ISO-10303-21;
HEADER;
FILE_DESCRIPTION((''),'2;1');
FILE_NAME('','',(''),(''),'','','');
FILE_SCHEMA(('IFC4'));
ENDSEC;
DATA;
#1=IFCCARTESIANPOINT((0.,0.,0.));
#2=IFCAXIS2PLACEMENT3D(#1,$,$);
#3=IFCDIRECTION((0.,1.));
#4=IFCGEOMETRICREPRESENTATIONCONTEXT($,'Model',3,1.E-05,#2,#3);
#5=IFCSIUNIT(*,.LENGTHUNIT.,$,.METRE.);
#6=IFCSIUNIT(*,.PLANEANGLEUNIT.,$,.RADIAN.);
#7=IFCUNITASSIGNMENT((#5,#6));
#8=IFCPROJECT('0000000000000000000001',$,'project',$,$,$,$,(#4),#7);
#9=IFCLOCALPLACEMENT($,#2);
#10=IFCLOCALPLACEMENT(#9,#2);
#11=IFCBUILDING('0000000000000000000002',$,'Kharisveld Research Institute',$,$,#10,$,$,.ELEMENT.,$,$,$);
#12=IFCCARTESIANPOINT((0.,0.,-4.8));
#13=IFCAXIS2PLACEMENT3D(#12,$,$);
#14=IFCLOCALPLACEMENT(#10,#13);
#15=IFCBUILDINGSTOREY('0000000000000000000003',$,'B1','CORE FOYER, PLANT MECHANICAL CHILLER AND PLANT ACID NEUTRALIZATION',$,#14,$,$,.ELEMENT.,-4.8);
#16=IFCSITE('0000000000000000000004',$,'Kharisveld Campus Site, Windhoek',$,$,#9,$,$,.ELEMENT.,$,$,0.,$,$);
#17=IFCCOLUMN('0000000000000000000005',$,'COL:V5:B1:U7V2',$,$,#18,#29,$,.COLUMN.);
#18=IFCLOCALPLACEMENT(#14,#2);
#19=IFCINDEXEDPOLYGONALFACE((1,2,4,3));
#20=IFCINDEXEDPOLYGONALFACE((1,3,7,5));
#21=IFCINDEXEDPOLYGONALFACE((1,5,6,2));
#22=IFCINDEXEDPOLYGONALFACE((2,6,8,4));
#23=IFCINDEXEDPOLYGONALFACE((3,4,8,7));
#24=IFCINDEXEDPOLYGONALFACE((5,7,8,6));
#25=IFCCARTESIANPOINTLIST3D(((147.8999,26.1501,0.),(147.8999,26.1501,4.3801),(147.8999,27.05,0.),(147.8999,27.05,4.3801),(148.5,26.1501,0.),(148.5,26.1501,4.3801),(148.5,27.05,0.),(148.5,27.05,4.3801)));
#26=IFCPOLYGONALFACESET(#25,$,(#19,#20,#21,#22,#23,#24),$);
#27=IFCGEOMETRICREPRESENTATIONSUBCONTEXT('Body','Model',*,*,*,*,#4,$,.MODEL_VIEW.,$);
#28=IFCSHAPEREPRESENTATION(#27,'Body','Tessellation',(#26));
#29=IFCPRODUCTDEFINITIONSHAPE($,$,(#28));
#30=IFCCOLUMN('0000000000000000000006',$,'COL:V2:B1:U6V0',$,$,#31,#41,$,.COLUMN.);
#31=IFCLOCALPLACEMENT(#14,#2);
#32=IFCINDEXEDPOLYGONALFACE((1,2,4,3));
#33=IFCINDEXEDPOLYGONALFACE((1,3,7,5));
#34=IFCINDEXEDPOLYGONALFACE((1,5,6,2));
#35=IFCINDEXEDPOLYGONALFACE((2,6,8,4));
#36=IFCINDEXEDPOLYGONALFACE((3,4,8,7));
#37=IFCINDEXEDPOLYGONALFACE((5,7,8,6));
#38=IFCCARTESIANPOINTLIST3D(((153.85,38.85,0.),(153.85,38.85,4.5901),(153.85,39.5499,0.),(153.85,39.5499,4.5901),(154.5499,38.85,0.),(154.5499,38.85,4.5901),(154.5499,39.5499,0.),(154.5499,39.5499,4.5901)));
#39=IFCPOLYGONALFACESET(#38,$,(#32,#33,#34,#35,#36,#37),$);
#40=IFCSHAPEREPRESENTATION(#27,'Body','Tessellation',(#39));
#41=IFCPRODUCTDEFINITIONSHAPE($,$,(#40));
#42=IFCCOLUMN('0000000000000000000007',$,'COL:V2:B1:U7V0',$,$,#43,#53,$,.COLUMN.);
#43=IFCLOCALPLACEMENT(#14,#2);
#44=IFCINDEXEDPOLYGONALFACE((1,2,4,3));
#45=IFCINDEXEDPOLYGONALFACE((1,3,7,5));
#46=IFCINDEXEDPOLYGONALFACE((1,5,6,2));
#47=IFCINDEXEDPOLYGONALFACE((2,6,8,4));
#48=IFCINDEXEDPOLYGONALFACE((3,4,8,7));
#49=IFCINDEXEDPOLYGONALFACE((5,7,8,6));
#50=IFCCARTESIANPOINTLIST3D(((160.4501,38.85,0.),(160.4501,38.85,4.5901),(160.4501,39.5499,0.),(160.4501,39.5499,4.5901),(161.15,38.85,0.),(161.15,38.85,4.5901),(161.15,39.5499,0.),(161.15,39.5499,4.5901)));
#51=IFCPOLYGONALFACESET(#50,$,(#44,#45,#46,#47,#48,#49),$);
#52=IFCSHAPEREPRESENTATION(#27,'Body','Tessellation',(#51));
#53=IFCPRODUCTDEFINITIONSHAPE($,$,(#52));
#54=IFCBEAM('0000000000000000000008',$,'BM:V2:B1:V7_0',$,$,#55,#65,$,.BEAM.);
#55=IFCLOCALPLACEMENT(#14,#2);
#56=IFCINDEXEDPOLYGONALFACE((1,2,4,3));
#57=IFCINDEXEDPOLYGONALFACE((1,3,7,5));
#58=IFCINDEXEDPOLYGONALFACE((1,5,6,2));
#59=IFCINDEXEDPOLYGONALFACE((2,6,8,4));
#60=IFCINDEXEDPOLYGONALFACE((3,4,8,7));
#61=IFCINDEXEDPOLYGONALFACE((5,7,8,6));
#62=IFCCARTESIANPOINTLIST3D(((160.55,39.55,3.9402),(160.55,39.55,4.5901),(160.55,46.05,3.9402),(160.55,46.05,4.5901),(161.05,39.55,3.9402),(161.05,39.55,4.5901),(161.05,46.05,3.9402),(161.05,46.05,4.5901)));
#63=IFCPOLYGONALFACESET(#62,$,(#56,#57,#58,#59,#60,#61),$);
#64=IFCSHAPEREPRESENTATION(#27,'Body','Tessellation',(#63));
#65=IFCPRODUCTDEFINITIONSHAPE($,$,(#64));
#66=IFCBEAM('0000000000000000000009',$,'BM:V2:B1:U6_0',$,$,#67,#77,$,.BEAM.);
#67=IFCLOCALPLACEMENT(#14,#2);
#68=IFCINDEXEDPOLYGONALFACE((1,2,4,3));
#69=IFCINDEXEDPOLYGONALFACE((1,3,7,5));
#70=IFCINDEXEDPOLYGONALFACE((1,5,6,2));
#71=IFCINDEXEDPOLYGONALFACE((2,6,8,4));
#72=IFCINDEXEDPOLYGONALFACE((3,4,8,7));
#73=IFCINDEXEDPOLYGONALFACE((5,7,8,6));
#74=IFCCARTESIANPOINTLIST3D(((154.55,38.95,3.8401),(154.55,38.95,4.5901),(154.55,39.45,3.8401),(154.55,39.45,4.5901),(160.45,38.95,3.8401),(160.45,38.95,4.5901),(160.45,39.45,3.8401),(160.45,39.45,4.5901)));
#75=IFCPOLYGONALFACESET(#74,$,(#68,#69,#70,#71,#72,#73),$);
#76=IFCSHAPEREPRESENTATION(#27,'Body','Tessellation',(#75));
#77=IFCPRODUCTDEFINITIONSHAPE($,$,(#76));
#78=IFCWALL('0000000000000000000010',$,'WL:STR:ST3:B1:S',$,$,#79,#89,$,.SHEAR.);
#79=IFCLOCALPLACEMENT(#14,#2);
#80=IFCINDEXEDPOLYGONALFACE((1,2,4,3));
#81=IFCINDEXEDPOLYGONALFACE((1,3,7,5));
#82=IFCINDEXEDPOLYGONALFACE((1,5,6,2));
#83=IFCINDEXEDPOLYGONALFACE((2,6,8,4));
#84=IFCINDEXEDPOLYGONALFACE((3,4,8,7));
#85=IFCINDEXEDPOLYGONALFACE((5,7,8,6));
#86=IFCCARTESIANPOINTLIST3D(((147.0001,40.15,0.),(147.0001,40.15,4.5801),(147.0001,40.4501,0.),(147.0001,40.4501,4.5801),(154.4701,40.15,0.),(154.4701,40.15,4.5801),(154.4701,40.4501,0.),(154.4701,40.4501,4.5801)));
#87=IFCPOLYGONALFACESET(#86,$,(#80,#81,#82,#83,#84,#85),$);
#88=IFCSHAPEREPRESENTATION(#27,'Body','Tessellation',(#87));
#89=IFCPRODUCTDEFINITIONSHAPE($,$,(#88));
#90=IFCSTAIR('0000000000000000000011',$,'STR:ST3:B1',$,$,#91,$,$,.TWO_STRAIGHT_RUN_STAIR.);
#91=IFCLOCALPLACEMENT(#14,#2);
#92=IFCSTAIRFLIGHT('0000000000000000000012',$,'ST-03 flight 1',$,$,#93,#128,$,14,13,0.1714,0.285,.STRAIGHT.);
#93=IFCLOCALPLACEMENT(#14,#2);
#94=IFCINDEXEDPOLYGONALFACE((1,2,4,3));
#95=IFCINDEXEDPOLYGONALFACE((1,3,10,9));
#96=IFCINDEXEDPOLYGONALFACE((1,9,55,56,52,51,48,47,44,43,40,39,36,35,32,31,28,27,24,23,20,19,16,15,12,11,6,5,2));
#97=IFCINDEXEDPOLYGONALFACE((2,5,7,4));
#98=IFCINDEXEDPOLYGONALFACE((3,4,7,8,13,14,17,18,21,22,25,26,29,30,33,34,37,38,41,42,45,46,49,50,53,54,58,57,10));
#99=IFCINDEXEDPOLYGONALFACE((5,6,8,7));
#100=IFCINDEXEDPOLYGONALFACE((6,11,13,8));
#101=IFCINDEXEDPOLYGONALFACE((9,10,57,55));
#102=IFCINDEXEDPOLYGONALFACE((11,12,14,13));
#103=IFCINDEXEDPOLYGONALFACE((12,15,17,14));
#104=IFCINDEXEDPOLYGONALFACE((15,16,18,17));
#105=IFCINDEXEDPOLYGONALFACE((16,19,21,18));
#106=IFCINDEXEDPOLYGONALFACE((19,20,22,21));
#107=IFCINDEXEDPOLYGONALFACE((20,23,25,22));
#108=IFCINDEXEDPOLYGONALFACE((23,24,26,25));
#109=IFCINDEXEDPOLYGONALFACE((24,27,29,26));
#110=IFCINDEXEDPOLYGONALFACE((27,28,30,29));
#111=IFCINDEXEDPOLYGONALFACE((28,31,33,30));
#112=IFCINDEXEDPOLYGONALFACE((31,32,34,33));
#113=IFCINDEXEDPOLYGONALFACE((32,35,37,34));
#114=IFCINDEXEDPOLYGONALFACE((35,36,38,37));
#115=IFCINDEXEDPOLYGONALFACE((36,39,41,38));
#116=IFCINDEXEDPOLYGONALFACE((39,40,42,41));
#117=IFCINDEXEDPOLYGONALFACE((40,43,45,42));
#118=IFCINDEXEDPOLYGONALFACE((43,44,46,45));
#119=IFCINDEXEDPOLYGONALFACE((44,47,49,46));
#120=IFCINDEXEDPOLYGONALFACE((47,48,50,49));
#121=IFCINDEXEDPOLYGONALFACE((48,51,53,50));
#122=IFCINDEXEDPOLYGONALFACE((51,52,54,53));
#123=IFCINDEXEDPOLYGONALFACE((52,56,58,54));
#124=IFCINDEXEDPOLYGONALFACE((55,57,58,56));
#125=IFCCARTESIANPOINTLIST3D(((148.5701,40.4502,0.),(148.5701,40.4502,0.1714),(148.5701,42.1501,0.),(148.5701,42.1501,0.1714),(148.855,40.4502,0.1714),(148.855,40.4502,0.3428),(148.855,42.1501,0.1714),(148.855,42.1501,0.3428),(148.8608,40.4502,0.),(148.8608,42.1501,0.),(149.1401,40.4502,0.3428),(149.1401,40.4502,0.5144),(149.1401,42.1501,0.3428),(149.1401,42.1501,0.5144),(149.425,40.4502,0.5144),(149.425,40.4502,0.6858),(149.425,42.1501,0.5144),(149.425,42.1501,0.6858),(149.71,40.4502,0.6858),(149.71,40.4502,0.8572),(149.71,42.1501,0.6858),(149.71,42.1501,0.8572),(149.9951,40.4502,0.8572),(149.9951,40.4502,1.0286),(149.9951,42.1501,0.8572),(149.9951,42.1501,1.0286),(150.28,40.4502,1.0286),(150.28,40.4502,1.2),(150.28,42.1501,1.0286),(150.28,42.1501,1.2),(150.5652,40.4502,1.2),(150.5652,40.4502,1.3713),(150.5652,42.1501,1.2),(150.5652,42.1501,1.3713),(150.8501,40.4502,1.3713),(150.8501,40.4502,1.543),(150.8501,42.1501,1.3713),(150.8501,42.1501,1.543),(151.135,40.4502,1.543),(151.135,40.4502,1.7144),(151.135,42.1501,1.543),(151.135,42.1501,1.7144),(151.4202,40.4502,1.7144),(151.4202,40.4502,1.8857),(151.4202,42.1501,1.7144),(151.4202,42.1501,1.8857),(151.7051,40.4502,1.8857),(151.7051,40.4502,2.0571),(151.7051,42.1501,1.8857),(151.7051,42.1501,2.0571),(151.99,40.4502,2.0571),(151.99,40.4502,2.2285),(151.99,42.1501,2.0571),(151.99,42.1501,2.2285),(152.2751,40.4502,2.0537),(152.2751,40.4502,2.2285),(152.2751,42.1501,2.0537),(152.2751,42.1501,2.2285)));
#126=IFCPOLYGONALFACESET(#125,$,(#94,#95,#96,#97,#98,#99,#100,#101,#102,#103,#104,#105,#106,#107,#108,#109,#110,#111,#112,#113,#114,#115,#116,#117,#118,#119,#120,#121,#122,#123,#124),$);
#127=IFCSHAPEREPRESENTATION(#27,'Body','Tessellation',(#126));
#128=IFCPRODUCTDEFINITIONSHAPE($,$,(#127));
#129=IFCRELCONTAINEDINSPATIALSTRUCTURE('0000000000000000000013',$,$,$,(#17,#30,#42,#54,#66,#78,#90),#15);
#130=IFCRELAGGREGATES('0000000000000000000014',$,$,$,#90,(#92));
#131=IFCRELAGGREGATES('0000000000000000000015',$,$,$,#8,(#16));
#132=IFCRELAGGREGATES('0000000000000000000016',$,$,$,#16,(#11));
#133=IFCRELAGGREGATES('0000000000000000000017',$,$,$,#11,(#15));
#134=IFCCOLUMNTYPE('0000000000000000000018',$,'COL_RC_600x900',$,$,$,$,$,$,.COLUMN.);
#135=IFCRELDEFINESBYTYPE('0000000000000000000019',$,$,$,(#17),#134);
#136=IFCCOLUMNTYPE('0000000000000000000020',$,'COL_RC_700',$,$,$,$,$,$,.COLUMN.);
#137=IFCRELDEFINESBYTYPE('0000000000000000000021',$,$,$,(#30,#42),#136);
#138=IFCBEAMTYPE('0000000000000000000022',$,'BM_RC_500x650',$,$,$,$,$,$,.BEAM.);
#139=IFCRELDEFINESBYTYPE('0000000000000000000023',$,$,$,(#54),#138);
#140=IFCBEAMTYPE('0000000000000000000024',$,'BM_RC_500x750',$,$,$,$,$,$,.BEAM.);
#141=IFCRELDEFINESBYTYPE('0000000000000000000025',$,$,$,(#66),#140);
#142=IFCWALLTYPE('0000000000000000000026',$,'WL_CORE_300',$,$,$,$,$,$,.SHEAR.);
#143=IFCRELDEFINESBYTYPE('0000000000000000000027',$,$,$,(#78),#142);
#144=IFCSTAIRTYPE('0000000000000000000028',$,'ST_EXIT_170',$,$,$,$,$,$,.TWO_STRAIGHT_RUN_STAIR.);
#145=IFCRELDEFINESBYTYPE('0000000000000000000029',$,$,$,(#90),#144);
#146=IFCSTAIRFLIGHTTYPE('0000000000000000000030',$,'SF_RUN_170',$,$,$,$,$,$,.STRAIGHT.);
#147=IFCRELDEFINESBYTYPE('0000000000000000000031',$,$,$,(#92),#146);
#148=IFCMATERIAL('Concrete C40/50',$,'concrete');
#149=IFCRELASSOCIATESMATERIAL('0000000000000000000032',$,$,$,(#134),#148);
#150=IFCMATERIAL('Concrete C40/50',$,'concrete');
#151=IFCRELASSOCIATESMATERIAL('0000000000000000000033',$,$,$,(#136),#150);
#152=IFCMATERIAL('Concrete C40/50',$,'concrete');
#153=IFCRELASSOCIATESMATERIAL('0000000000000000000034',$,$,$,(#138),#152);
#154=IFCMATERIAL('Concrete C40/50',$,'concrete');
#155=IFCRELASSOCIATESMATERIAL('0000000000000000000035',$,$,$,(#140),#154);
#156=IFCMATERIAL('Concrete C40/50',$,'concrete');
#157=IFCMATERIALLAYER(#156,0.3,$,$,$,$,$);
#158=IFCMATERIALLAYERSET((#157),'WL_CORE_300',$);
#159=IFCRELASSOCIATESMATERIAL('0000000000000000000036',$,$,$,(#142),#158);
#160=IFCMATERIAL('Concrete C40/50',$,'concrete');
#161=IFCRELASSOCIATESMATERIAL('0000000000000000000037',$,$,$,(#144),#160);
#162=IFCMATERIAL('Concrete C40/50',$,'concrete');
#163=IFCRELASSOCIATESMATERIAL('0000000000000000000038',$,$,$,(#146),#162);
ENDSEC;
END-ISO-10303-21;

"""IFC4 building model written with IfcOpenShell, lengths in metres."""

from ifc_helpers import new_model, si_unit, direction, frame, frame_2d, origin, origin_2d, place, context, subcontext, project, spatial, polyline, rectangle, outline, extrude, material, layer, layer_set, material_profile, profile_set, type_object, element, aggregate, save


model = new_model("IFC4")

# Units and contexts
model_context = context("Model", 3, precision=1e-05, world=origin(), true_north=direction((0.0, 1.0)))
body_context = subcontext(model_context, "Body", "Model", "MODEL_VIEW")
ifc_project = project(units=[si_unit("LENGTHUNIT", "METRE"), si_unit("PLANEANGLEUNIT", "RADIAN")], contexts=[model_context])

# Site, building, storey
site_placement = place(None, origin())
site = spatial("IfcSite", under=ifc_project, at=site_placement, Name="Kharisveld Campus Site, Windhoek", CompositionType="ELEMENT", RefElevation=0.0)
building_placement = place(site_placement, origin())
building = spatial("IfcBuilding", under=site, at=building_placement, Name="Kharisveld Research Institute", CompositionType="ELEMENT")
storey_placement = place(building_placement, frame((0.0, 0.0, -4.8)))
storey = spatial("IfcBuildingStorey", under=building, at=storey_placement, Name="B1", Description="CORE FOYER, PLANT MECHANICAL CHILLER AND PLANT ACID NEUTRALIZATION", CompositionType="ELEMENT", Elevation=-4.8)

# Columns
ifc_material_1 = material(Name="Concrete C40/50", Category="concrete")
ifc_material_profile_1 = material_profile(ifc_material_1, rectangle(XDim=0.6001, YDim=0.8999, at=origin_2d()))
ifc_profile_set_1 = profile_set([ifc_material_profile_1], Name="Concrete C40/50")
column_type_1 = type_object("IfcColumnType", Name="COL_RC_600x900", PredefinedType="COLUMN", material=ifc_profile_set_1)
column_placement = place(storey_placement, frame((148.2, 26.6001, 0.0), z_axis=(0.0, 0.0, 1.0), x_axis=(1.0, 0.0, 0.0)))
element("IfcColumn", 1, at=column_placement, inside=storey, type_object=column_type_1, Name="COL:V5:B1:U7V2", PredefinedType="COLUMN", context=body_context, shape_type="SweptSolid", body=[
    extrude(rectangle(XDim=0.6001, YDim=0.8999, at=origin_2d()), origin(), (0.0, 0.0, 1.0), 4.3801),
])
ifc_material_2 = material(Name="Concrete C40/50", Category="concrete")
ifc_material_profile_2 = material_profile(ifc_material_2, rectangle(XDim=0.7, YDim=0.7, at=origin_2d()))
ifc_profile_set_2 = profile_set([ifc_material_profile_2], Name="Concrete C40/50")
column_type_2 = type_object("IfcColumnType", Name="COL_RC_700", PredefinedType="COLUMN", material=ifc_profile_set_2)
for number, where, z_axis, x_axis, name in (
    (2, (154.2, 39.2, 0.0), (0.0, 0.0, 1.0), (1.0, 0.0, 0.0), "COL:V2:B1:U6V0"),
    (3, (160.8, 39.2, 0.0), (0.0, 0.0, 1.0), (1.0, 0.0, 0.0), "COL:V2:B1:U7V0"),
):
    element("IfcColumn", number, at=place(storey_placement, frame(where, z_axis=z_axis, x_axis=x_axis)), inside=storey, type_object=column_type_2, Name=name, PredefinedType="COLUMN", context=body_context, shape_type="SweptSolid", body=[
        extrude(rectangle(XDim=0.7, YDim=0.7, at=origin_2d()), origin(), (0.0, 0.0, 1.0), 4.5901),
    ])

# Beams
ifc_material_3 = material(Name="Concrete C40/50", Category="concrete")
ifc_material_profile_3 = material_profile(ifc_material_3, rectangle(XDim=0.5, YDim=0.6499, at=origin_2d()))
ifc_profile_set_3 = profile_set([ifc_material_profile_3], Name="Concrete C40/50")
beam_type_1 = type_object("IfcBeamType", Name="BM_RC_500x650", PredefinedType="BEAM", material=ifc_profile_set_3)
beam_1_placement = place(storey_placement, frame((160.8, 39.55, 4.2651), z_axis=(0.0, 1.0, 0.0), x_axis=(-1.0, 0.0, 0.0)))
element("IfcBeam", 4, at=beam_1_placement, inside=storey, type_object=beam_type_1, Name="BM:V2:B1:V7_0", PredefinedType="BEAM", context=body_context, shape_type="SweptSolid", body=[
    extrude(rectangle(XDim=0.5, YDim=0.6499, at=origin_2d()), origin(), (0.0, 0.0, 1.0), 6.5),
])
ifc_material_4 = material(Name="Concrete C40/50", Category="concrete")
ifc_material_profile_4 = material_profile(ifc_material_4, rectangle(XDim=0.5, YDim=0.75, at=origin_2d()))
ifc_profile_set_4 = profile_set([ifc_material_profile_4], Name="Concrete C40/50")
beam_type_2 = type_object("IfcBeamType", Name="BM_RC_500x750", PredefinedType="BEAM", material=ifc_profile_set_4)
beam_2_placement = place(storey_placement, frame((154.55, 39.2, 4.2151), z_axis=(1.0, 0.0, 0.0), x_axis=(0.0, 1.0, 0.0)))
element("IfcBeam", 5, at=beam_2_placement, inside=storey, type_object=beam_type_2, Name="BM:V2:B1:U6_0", PredefinedType="BEAM", context=body_context, shape_type="SweptSolid", body=[
    extrude(rectangle(XDim=0.5, YDim=0.75, at=origin_2d()), origin(), (0.0, 0.0, 1.0), 5.8999),
])

# Wall
ifc_material_5 = material(Name="Concrete C40/50", Category="concrete")
ifc_layer = layer(ifc_material_5, 0.3)
ifc_layer_set = layer_set([ifc_layer], Name="WL_CORE_300")
wall_type = type_object("IfcWallType", Name="WL_CORE_300", PredefinedType="SHEAR", material=ifc_layer_set)
wall_placement = place(storey_placement, frame((154.47, 40.3, 0.0), z_axis=(0.0, 0.0, 1.0), x_axis=(-1.0, 0.0, 0.0)))
element("IfcWall", 6, at=wall_placement, inside=storey, type_object=wall_type, Name="WL:STR:ST3:B1:S", PredefinedType="SHEAR", context=body_context, shape_type="SweptSolid", body=[
    extrude(rectangle(XDim=7.47, YDim=0.3, at=frame_2d((3.7349, 0.0))), origin(), (0.0, 0.0, 1.0), 4.5801),
])

# Stair, stair flight
ifc_material_6 = material(Name="Concrete C40/50", Category="concrete")
stair_type = type_object("IfcStairType", Name="ST_EXIT_170", PredefinedType="TWO_STRAIGHT_RUN_STAIR", material=ifc_material_6)
stair_placement = place(storey_placement, origin())
stair = element("IfcStair", 7, at=stair_placement, inside=storey, type_object=stair_type, Name="STR:ST3:B1", PredefinedType="TWO_STRAIGHT_RUN_STAIR")
ifc_material_7 = material(Name="Concrete C40/50", Category="concrete")
stair_flight_type = type_object("IfcStairFlightType", Name="SF_RUN_170", PredefinedType="STRAIGHT", material=ifc_material_7)
stair_flight_placement = place(storey_placement, frame((148.5701, 41.3, 0.0), z_axis=(0.0, 0.0, 1.0), x_axis=(1.0, 0.0, 0.0)))
stair_flight = element("IfcStairFlight", 8, at=stair_flight_placement, type_object=stair_flight_type, Name="ST-03 flight 1", NumberOfRisers=14, NumberOfTreads=13, PredefinedType="STRAIGHT", RiserHeight=0.1714, TreadLength=0.285, context=body_context, shape_type="SweptSolid", body=[
    extrude(outline(polyline([(0.0, 0.0), (0.0, 0.1714), (0.2849, 0.1714), (0.2849, 0.3428), (0.5701, 0.3428), (0.5701, 0.5144), (0.855, 0.5144), (0.855, 0.6858), (1.1399, 0.6858), (1.1399, 0.8572), (1.425, 0.8572), (1.425, 1.0286), (1.71, 1.0286), (1.71, 1.2), (1.9951, 1.2), (1.9951, 1.3713), (2.28, 1.3713), (2.28, 1.543), (2.5649, 1.543), (2.5649, 1.7144), (2.8501, 1.7144), (2.8501, 1.8857), (3.135, 1.8857), (3.135, 2.0571), (3.4199, 2.0571), (3.4199, 2.2285), (3.7051, 2.2285), (3.7051, 2.3999), (3.7051, 2.0537), (0.2908, 0.0), (0.0, 0.0)])), frame((0.0, 0.8501, 0.0), z_axis=(0.0, -1.0, 0.0), x_axis=(1.0, 0.0, 0.0)), (0.0, 0.0, 1.0), 1.7),
])
aggregate(stair, [stair_flight])

save(model, "model.ifc")
